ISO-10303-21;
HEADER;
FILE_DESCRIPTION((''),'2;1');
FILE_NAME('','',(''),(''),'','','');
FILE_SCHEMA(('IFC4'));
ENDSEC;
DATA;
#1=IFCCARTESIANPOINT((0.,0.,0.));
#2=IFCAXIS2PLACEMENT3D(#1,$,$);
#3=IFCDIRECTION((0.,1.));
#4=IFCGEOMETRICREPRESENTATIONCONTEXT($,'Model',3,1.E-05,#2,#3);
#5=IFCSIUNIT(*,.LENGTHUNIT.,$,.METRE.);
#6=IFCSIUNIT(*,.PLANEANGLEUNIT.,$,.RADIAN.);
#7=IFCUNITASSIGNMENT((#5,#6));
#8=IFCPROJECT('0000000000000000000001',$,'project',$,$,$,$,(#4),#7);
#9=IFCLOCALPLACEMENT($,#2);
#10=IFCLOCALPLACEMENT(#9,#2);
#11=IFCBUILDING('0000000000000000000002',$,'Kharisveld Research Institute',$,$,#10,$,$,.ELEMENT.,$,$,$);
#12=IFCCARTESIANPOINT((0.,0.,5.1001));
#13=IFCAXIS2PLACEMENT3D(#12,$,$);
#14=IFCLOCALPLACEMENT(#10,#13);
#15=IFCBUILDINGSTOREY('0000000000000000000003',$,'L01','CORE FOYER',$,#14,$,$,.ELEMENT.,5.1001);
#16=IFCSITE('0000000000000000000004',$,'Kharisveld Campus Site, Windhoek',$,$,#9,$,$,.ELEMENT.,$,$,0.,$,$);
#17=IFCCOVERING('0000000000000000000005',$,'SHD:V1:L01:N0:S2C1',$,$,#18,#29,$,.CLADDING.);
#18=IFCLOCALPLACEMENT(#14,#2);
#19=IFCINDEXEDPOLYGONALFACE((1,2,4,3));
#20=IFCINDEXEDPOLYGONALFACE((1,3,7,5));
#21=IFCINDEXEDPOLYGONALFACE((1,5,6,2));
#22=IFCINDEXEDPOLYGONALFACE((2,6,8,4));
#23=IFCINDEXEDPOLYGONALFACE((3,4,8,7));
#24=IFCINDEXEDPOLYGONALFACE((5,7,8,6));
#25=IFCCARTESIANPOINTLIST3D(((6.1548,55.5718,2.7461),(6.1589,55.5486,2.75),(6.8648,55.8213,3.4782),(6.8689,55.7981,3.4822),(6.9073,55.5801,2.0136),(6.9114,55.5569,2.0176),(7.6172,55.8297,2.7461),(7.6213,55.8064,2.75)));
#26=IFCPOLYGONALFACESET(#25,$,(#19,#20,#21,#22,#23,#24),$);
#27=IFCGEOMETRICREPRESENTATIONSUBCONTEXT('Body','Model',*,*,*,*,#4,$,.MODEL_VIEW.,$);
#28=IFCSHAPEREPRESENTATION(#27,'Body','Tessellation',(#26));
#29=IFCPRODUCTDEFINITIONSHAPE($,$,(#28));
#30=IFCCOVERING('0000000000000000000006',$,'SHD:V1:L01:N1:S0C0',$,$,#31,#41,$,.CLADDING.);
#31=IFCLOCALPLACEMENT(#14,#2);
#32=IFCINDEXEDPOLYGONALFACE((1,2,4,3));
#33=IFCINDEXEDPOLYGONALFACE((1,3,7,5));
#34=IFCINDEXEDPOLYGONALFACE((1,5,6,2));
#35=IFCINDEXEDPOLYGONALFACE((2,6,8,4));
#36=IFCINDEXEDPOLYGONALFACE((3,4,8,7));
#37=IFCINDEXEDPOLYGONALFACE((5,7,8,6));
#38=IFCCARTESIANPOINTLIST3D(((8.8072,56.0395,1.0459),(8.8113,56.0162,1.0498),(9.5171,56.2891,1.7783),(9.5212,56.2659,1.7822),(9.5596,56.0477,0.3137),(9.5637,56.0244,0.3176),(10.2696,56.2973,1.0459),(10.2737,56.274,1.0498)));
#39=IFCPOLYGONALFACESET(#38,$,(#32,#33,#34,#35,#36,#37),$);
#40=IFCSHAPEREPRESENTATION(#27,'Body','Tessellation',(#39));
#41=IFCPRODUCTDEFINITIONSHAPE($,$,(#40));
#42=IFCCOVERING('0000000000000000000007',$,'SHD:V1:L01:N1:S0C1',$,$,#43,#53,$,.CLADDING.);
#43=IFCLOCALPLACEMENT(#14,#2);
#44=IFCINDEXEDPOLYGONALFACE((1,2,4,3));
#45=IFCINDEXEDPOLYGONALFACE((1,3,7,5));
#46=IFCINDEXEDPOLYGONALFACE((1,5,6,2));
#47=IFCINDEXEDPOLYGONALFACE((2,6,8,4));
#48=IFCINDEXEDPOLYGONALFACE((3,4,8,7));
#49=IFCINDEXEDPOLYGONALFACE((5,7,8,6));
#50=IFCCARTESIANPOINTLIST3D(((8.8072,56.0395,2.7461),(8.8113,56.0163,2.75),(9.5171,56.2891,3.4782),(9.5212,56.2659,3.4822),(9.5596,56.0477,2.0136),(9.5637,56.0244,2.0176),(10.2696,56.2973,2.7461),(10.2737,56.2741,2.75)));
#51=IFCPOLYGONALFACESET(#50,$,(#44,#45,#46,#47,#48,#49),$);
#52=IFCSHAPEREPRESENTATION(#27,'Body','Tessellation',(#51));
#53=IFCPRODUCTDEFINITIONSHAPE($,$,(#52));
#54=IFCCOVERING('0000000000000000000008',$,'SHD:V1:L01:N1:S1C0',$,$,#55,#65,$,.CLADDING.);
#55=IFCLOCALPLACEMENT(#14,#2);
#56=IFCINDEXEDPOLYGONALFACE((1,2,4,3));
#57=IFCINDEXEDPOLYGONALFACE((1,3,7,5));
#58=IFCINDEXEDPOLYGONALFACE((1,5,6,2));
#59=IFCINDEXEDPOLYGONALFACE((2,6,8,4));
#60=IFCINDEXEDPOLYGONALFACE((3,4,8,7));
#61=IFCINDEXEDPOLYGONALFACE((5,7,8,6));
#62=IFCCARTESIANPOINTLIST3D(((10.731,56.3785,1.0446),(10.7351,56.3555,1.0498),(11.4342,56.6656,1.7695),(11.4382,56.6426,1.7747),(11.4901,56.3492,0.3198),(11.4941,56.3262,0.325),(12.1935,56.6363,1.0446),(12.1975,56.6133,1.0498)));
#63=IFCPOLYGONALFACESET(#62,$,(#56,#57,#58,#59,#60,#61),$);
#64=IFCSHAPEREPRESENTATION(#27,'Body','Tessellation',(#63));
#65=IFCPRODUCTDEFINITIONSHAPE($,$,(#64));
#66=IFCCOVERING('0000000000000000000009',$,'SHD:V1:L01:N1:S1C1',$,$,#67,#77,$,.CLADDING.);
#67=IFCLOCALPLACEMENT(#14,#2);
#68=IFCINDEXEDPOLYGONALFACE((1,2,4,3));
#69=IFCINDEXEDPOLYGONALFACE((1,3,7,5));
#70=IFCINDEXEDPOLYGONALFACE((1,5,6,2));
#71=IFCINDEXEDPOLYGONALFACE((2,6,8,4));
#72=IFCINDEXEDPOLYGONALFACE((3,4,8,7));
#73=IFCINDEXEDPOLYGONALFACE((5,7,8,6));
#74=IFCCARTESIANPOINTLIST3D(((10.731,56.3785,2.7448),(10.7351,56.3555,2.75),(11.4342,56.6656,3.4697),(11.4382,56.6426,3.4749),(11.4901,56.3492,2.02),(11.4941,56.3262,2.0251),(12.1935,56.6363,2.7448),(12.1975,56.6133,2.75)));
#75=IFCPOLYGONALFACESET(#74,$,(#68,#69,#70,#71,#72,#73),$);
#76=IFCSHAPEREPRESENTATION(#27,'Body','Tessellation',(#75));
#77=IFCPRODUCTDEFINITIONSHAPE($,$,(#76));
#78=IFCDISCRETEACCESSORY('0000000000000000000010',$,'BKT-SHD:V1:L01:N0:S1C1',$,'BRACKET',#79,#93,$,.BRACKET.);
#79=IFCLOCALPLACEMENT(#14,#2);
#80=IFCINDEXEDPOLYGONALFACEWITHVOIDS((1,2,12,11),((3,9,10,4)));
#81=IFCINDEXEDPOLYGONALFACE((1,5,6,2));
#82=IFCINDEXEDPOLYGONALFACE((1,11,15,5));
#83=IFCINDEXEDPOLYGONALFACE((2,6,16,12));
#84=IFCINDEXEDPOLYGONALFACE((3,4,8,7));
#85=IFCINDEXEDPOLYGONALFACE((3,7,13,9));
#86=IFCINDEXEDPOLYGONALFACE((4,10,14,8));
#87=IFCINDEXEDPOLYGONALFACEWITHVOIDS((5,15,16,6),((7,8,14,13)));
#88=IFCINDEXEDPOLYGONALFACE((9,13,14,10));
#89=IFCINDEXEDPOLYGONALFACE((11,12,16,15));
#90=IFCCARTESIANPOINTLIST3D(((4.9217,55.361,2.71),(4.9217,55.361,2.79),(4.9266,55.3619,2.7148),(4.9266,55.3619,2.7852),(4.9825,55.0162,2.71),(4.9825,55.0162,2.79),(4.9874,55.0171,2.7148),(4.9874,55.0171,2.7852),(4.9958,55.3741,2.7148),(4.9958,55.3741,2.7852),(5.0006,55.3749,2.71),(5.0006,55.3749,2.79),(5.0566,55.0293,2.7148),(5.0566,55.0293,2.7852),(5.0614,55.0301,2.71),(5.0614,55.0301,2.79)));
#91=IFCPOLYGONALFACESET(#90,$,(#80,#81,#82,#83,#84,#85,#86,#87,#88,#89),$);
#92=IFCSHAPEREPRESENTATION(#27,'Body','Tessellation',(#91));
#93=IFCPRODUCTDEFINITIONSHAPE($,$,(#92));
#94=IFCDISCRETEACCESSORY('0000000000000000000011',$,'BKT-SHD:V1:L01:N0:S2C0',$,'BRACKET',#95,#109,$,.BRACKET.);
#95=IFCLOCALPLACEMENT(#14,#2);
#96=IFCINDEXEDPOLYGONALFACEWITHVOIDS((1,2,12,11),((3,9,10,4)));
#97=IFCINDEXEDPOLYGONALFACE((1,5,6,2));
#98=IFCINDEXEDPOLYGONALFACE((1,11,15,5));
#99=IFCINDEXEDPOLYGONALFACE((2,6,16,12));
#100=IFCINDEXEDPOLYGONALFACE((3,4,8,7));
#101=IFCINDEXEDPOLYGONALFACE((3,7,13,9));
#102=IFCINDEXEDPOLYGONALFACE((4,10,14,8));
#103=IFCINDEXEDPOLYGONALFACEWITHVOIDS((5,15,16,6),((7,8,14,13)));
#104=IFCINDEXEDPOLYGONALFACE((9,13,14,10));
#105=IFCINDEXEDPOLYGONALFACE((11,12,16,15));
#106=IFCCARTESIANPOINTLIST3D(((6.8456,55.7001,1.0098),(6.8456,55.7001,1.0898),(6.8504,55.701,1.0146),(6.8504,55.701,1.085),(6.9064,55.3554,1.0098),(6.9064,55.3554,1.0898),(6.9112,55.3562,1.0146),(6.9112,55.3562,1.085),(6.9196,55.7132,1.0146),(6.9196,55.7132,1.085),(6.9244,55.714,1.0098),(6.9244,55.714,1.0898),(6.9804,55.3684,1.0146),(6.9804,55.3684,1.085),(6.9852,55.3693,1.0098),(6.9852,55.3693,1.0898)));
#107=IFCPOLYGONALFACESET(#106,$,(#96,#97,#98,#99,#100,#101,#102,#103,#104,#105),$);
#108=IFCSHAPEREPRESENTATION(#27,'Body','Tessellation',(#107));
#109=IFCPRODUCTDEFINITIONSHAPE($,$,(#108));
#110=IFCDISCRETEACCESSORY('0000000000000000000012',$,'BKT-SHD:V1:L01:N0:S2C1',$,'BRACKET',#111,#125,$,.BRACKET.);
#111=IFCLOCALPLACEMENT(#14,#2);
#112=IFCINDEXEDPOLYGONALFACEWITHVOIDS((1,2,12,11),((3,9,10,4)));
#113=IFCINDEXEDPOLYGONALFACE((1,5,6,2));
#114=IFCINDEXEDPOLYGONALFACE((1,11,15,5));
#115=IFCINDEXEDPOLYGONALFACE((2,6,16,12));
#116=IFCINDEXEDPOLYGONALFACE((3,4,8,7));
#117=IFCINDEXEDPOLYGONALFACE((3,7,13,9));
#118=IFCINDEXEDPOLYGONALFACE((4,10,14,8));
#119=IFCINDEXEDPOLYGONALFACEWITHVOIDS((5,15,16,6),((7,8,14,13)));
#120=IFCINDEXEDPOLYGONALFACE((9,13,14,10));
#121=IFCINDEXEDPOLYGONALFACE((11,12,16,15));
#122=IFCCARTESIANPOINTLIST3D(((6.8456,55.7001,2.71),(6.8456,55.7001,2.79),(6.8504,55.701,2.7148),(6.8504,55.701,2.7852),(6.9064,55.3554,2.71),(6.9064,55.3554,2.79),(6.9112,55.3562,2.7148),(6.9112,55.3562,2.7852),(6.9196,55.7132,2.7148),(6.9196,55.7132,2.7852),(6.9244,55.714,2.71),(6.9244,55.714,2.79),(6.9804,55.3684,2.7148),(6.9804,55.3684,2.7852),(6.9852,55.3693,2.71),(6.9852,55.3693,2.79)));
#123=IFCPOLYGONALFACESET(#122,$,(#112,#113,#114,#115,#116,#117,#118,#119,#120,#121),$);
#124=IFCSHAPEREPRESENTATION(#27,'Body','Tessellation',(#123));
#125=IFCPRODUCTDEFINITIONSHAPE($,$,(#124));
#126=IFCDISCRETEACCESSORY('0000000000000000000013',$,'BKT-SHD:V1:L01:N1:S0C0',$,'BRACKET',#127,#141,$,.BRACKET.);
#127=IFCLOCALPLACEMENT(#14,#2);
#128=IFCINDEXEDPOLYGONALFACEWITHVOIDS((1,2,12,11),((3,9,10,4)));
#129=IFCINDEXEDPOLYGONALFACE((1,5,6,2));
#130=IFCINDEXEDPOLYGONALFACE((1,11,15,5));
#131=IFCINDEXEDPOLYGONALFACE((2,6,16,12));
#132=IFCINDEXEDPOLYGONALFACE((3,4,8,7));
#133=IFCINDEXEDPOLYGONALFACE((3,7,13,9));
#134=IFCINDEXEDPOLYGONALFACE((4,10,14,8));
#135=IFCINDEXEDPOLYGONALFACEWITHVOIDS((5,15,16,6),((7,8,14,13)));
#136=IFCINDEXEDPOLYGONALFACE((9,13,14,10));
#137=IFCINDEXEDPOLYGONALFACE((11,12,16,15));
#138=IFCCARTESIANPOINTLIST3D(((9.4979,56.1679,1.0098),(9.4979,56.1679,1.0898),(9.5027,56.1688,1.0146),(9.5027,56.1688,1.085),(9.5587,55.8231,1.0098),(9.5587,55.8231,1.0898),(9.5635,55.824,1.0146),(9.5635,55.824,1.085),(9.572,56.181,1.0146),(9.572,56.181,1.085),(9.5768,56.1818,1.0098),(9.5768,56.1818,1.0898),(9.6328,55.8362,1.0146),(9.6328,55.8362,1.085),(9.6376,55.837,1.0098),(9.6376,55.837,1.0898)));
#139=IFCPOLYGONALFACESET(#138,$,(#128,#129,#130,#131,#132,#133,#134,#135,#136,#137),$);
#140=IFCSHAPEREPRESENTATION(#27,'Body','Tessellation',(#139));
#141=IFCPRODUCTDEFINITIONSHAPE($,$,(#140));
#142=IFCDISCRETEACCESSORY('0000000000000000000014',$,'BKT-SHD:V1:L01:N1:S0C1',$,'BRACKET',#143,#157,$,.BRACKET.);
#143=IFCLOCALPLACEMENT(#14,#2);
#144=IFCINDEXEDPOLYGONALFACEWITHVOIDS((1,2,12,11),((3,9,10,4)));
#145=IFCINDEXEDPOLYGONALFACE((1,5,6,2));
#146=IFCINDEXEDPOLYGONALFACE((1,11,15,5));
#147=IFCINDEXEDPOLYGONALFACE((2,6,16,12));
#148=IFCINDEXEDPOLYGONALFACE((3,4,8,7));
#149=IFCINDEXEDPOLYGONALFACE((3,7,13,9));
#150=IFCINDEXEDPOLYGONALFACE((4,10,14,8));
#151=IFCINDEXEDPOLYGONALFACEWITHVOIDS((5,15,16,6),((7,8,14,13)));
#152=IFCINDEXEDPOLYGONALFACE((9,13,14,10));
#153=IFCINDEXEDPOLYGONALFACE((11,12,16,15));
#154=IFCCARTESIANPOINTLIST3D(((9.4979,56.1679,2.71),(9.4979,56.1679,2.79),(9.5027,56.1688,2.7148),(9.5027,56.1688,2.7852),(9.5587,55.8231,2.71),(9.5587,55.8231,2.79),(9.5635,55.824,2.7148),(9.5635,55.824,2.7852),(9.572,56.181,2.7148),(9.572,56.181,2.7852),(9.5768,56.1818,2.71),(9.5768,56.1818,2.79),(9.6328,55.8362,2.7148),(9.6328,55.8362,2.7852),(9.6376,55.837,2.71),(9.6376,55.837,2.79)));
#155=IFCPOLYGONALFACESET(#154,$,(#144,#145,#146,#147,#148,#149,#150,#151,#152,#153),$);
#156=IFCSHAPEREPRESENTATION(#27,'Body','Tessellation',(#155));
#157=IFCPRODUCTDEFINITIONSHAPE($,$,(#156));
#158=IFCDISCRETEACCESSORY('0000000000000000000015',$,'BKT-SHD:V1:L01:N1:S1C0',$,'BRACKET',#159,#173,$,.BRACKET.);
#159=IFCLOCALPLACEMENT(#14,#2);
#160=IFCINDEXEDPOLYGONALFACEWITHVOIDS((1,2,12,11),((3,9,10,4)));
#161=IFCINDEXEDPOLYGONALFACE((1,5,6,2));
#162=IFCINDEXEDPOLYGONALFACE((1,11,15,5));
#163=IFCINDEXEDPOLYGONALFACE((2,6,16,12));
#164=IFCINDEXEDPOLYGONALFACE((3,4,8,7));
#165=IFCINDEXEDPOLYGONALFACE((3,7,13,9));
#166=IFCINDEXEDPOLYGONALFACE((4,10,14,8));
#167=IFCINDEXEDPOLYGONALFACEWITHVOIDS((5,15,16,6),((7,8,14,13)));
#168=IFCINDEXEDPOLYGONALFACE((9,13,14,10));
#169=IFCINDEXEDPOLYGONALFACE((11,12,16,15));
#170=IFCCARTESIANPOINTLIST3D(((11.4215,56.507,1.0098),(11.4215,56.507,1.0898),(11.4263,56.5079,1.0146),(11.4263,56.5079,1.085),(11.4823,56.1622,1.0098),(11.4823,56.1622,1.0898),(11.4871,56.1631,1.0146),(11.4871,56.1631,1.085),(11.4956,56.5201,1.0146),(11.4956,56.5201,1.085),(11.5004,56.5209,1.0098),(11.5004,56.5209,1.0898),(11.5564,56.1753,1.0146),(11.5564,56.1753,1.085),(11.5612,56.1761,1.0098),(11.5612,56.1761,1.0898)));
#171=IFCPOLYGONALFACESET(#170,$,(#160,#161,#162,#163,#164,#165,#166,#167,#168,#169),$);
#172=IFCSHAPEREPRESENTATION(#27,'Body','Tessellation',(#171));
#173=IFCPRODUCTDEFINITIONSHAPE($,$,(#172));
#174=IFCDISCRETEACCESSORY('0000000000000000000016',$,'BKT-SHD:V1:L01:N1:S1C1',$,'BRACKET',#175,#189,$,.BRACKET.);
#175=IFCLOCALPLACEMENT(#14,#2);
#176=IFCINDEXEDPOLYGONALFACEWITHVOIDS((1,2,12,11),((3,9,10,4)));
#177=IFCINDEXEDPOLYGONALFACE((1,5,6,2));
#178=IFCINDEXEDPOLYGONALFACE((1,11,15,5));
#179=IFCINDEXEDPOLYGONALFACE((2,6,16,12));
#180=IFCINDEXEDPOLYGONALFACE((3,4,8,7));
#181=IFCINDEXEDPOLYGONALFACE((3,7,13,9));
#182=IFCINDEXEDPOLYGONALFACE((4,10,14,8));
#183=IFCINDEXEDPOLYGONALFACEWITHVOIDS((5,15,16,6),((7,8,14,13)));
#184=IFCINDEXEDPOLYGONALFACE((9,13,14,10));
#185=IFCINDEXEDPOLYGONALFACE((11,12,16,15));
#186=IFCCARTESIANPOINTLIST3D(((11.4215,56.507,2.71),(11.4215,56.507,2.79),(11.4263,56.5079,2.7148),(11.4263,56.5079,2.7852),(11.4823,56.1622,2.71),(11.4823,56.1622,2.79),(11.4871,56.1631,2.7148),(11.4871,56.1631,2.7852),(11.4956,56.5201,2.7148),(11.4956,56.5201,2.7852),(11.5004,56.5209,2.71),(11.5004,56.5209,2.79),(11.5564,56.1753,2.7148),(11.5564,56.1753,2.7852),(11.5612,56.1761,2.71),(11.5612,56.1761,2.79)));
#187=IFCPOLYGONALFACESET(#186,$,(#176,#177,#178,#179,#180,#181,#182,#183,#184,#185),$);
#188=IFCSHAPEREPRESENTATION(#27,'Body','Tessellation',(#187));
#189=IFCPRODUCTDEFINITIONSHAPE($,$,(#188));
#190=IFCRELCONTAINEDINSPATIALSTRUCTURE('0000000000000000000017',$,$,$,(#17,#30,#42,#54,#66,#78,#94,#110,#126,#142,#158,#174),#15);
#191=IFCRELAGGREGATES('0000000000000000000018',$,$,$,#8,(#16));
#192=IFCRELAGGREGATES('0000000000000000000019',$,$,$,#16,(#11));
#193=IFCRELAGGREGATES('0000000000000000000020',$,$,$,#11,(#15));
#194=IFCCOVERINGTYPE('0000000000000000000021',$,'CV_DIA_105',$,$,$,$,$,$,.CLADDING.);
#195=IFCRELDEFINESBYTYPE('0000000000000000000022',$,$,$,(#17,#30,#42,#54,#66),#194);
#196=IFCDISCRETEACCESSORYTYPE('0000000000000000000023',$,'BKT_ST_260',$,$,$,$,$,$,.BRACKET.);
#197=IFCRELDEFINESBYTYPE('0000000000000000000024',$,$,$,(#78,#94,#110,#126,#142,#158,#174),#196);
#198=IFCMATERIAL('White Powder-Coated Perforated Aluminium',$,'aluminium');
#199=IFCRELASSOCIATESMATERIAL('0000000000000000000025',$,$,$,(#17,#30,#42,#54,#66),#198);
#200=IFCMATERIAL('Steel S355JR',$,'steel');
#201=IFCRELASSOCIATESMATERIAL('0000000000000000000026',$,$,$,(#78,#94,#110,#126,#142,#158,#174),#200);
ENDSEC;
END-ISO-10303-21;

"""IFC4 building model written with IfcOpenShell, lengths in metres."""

from ifc_helpers import new_model, si_unit, direction, frame, origin, origin_2d, place, context, subcontext, project, spatial, polyline, hollow_rectangle, outline, extrude, material, type_object, element, save


model = new_model("IFC4")

# Units and contexts
model_context = context("Model", 3, precision=1e-05, world=origin(), true_north=direction((0.0, 1.0)))
body_context = subcontext(model_context, "Body", "Model", "MODEL_VIEW")
ifc_project = project(units=[si_unit("LENGTHUNIT", "METRE"), si_unit("PLANEANGLEUNIT", "RADIAN")], contexts=[model_context])

# Site, building, storey
site_placement = place(None, origin())
site = spatial("IfcSite", under=ifc_project, at=site_placement, Name="Kharisveld Campus Site, Windhoek", CompositionType="ELEMENT", RefElevation=0.0)
building_placement = place(site_placement, origin())
building = spatial("IfcBuilding", under=site, at=building_placement, Name="Kharisveld Research Institute", CompositionType="ELEMENT")
storey_placement = place(building_placement, frame((0.0, 0.0, 5.1001)))
storey = spatial("IfcBuildingStorey", under=building, at=storey_placement, Name="L01", Description="CORE FOYER", CompositionType="ELEMENT", Elevation=5.1001)

# Coverings
ifc_material_1 = material(Name="White Powder-Coated Perforated Aluminium", Category="aluminium")
covering_type = type_object("IfcCoveringType", Name="CV_DIA_105", PredefinedType="CLADDING")
covering_1_placement = place(storey_placement, frame((6.9114, 55.5569, 2.0176), z_axis=(0.171239, -0.971325, 0.164938), x_axis=(0.676076, 0.237623, 0.697465)))
element("IfcCovering", 1, at=covering_1_placement, inside=storey, type_object=covering_type, material=ifc_material_1, Name="SHD:V1:L01:N0:S2C1", PredefinedType="CLADDING", context=body_context, shape_type="SweptSolid", body=[
    extrude(outline(polyline([(0.0, 0.0), (1.0501, 0.0), (1.0501, 1.0499), (0.0002, 1.0501), (0.0, 0.0)])), origin(), (0.0, 0.0, -1.0), 0.0239),
])
covering_2_placement = place(storey_placement, frame((9.5637, 56.0244, 0.3176), z_axis=(0.171234, -0.971299, 0.165096), x_axis=(0.676174, 0.237734, 0.697332)))
element("IfcCovering", 2, at=covering_2_placement, inside=storey, type_object=covering_type, material=ifc_material_1, Name="SHD:V1:L01:N1:S0C0", PredefinedType="CLADDING", context=body_context, shape_type="SweptSolid", body=[
    extrude(outline(polyline([(0.0, 0.0), (1.05, 0.0), (1.05, 1.0501), (-0.0001, 1.0499), (0.0, 0.0)])), origin(), (0.0, 0.0, -1.0), 0.0239),
])
covering_3_placement = place(storey_placement, frame((9.5637, 56.0244, 2.0176), z_axis=(0.171234, -0.971299, 0.165096), x_axis=(0.676058, 0.237732, 0.697445)))
element("IfcCovering", 3, at=covering_3_placement, inside=storey, type_object=covering_type, material=ifc_material_1, Name="SHD:V1:L01:N1:S0C1", PredefinedType="CLADDING", context=body_context, shape_type="SweptSolid", body=[
    extrude(outline(polyline([(0.0, 0.0), (1.0502, 0.0), (1.0502, 1.0499), (0.0002, 1.0501), (0.0, 0.0)])), origin(), (0.0, 0.0, -1.0), 0.0239),
])
for number, where, z_axis, x_axis, name in (
    (4, (11.4941, 56.3262, 0.325), (0.169503, -0.961481, 0.216385), (0.66985, 0.273447, 0.69031), "SHD:V1:L01:N1:S1C0"),
    (5, (11.4941, 56.3262, 2.0251), (0.169503, -0.961481, 0.216385), (0.66985, 0.273447, 0.69031), "SHD:V1:L01:N1:S1C1"),
):
    element("IfcCovering", number, at=place(storey_placement, frame(where, z_axis=z_axis, x_axis=x_axis)), inside=storey, type_object=covering_type, material=ifc_material_1, Name=name, PredefinedType="CLADDING", context=body_context, shape_type="SweptSolid", body=[
        extrude(outline(polyline([(0.0, 0.0), (1.05, 0.0), (1.0498, 1.0501), (-0.0001, 1.05), (0.0, 0.0)])), origin(), (0.0, 0.0, -1.0), 0.0239),
    ])

# Discrete accessories
ifc_material_2 = material(Name="Steel S355JR", Category="steel")
discrete_accessory_type = type_object("IfcDiscreteAccessoryType", Name="BKT_ST_260", PredefinedType="BRACKET")
for number, where, z_axis, x_axis, name in (
    (6, (5.022, 55.0232, 2.75), (-0.173666, 0.984805, 0.0), (-0.984805, -0.173666, 0.0), "BKT-SHD:V1:L01:N0:S1C1"),
    (7, (6.9458, 55.3623, 1.0498), (-0.173666, 0.984805, 0.0), (-0.984805, -0.173666, 0.0), "BKT-SHD:V1:L01:N0:S2C0"),
    (8, (6.9458, 55.3623, 2.75), (-0.173666, 0.984805, 0.0), (-0.984805, -0.173666, 0.0), "BKT-SHD:V1:L01:N0:S2C1"),
    (9, (9.5981, 55.8301, 1.0498), (-0.173666, 0.984805, 0.0), (-0.984805, -0.173666, 0.0), "BKT-SHD:V1:L01:N1:S0C0"),
    (10, (9.5981, 55.8301, 2.75), (-0.173666, 0.984805, 0.0), (-0.984805, -0.173666, 0.0), "BKT-SHD:V1:L01:N1:S0C1"),
    (11, (11.5217, 56.1692, 1.0498), (-0.173666, 0.984805, 0.0), (-0.984805, -0.173666, 0.0), "BKT-SHD:V1:L01:N1:S1C0"),
    (12, (11.5217, 56.1692, 2.75), (-0.173666, 0.984805, 0.0), (-0.984805, -0.173666, 0.0), "BKT-SHD:V1:L01:N1:S1C1"),
):
    element("IfcDiscreteAccessory", number, at=place(storey_placement, frame(where, z_axis=z_axis, x_axis=x_axis)), inside=storey, type_object=discrete_accessory_type, material=ifc_material_2, Name=name, ObjectType="BRACKET", PredefinedType="BRACKET", context=body_context, shape_type="SweptSolid", body=[
        extrude(hollow_rectangle(XDim=0.0801, YDim=0.0801, WallThickness=0.0049, at=origin_2d()), origin(), (0.0, 0.0, 1.0), 0.3501),
    ])

save(model, "model.ifc")
